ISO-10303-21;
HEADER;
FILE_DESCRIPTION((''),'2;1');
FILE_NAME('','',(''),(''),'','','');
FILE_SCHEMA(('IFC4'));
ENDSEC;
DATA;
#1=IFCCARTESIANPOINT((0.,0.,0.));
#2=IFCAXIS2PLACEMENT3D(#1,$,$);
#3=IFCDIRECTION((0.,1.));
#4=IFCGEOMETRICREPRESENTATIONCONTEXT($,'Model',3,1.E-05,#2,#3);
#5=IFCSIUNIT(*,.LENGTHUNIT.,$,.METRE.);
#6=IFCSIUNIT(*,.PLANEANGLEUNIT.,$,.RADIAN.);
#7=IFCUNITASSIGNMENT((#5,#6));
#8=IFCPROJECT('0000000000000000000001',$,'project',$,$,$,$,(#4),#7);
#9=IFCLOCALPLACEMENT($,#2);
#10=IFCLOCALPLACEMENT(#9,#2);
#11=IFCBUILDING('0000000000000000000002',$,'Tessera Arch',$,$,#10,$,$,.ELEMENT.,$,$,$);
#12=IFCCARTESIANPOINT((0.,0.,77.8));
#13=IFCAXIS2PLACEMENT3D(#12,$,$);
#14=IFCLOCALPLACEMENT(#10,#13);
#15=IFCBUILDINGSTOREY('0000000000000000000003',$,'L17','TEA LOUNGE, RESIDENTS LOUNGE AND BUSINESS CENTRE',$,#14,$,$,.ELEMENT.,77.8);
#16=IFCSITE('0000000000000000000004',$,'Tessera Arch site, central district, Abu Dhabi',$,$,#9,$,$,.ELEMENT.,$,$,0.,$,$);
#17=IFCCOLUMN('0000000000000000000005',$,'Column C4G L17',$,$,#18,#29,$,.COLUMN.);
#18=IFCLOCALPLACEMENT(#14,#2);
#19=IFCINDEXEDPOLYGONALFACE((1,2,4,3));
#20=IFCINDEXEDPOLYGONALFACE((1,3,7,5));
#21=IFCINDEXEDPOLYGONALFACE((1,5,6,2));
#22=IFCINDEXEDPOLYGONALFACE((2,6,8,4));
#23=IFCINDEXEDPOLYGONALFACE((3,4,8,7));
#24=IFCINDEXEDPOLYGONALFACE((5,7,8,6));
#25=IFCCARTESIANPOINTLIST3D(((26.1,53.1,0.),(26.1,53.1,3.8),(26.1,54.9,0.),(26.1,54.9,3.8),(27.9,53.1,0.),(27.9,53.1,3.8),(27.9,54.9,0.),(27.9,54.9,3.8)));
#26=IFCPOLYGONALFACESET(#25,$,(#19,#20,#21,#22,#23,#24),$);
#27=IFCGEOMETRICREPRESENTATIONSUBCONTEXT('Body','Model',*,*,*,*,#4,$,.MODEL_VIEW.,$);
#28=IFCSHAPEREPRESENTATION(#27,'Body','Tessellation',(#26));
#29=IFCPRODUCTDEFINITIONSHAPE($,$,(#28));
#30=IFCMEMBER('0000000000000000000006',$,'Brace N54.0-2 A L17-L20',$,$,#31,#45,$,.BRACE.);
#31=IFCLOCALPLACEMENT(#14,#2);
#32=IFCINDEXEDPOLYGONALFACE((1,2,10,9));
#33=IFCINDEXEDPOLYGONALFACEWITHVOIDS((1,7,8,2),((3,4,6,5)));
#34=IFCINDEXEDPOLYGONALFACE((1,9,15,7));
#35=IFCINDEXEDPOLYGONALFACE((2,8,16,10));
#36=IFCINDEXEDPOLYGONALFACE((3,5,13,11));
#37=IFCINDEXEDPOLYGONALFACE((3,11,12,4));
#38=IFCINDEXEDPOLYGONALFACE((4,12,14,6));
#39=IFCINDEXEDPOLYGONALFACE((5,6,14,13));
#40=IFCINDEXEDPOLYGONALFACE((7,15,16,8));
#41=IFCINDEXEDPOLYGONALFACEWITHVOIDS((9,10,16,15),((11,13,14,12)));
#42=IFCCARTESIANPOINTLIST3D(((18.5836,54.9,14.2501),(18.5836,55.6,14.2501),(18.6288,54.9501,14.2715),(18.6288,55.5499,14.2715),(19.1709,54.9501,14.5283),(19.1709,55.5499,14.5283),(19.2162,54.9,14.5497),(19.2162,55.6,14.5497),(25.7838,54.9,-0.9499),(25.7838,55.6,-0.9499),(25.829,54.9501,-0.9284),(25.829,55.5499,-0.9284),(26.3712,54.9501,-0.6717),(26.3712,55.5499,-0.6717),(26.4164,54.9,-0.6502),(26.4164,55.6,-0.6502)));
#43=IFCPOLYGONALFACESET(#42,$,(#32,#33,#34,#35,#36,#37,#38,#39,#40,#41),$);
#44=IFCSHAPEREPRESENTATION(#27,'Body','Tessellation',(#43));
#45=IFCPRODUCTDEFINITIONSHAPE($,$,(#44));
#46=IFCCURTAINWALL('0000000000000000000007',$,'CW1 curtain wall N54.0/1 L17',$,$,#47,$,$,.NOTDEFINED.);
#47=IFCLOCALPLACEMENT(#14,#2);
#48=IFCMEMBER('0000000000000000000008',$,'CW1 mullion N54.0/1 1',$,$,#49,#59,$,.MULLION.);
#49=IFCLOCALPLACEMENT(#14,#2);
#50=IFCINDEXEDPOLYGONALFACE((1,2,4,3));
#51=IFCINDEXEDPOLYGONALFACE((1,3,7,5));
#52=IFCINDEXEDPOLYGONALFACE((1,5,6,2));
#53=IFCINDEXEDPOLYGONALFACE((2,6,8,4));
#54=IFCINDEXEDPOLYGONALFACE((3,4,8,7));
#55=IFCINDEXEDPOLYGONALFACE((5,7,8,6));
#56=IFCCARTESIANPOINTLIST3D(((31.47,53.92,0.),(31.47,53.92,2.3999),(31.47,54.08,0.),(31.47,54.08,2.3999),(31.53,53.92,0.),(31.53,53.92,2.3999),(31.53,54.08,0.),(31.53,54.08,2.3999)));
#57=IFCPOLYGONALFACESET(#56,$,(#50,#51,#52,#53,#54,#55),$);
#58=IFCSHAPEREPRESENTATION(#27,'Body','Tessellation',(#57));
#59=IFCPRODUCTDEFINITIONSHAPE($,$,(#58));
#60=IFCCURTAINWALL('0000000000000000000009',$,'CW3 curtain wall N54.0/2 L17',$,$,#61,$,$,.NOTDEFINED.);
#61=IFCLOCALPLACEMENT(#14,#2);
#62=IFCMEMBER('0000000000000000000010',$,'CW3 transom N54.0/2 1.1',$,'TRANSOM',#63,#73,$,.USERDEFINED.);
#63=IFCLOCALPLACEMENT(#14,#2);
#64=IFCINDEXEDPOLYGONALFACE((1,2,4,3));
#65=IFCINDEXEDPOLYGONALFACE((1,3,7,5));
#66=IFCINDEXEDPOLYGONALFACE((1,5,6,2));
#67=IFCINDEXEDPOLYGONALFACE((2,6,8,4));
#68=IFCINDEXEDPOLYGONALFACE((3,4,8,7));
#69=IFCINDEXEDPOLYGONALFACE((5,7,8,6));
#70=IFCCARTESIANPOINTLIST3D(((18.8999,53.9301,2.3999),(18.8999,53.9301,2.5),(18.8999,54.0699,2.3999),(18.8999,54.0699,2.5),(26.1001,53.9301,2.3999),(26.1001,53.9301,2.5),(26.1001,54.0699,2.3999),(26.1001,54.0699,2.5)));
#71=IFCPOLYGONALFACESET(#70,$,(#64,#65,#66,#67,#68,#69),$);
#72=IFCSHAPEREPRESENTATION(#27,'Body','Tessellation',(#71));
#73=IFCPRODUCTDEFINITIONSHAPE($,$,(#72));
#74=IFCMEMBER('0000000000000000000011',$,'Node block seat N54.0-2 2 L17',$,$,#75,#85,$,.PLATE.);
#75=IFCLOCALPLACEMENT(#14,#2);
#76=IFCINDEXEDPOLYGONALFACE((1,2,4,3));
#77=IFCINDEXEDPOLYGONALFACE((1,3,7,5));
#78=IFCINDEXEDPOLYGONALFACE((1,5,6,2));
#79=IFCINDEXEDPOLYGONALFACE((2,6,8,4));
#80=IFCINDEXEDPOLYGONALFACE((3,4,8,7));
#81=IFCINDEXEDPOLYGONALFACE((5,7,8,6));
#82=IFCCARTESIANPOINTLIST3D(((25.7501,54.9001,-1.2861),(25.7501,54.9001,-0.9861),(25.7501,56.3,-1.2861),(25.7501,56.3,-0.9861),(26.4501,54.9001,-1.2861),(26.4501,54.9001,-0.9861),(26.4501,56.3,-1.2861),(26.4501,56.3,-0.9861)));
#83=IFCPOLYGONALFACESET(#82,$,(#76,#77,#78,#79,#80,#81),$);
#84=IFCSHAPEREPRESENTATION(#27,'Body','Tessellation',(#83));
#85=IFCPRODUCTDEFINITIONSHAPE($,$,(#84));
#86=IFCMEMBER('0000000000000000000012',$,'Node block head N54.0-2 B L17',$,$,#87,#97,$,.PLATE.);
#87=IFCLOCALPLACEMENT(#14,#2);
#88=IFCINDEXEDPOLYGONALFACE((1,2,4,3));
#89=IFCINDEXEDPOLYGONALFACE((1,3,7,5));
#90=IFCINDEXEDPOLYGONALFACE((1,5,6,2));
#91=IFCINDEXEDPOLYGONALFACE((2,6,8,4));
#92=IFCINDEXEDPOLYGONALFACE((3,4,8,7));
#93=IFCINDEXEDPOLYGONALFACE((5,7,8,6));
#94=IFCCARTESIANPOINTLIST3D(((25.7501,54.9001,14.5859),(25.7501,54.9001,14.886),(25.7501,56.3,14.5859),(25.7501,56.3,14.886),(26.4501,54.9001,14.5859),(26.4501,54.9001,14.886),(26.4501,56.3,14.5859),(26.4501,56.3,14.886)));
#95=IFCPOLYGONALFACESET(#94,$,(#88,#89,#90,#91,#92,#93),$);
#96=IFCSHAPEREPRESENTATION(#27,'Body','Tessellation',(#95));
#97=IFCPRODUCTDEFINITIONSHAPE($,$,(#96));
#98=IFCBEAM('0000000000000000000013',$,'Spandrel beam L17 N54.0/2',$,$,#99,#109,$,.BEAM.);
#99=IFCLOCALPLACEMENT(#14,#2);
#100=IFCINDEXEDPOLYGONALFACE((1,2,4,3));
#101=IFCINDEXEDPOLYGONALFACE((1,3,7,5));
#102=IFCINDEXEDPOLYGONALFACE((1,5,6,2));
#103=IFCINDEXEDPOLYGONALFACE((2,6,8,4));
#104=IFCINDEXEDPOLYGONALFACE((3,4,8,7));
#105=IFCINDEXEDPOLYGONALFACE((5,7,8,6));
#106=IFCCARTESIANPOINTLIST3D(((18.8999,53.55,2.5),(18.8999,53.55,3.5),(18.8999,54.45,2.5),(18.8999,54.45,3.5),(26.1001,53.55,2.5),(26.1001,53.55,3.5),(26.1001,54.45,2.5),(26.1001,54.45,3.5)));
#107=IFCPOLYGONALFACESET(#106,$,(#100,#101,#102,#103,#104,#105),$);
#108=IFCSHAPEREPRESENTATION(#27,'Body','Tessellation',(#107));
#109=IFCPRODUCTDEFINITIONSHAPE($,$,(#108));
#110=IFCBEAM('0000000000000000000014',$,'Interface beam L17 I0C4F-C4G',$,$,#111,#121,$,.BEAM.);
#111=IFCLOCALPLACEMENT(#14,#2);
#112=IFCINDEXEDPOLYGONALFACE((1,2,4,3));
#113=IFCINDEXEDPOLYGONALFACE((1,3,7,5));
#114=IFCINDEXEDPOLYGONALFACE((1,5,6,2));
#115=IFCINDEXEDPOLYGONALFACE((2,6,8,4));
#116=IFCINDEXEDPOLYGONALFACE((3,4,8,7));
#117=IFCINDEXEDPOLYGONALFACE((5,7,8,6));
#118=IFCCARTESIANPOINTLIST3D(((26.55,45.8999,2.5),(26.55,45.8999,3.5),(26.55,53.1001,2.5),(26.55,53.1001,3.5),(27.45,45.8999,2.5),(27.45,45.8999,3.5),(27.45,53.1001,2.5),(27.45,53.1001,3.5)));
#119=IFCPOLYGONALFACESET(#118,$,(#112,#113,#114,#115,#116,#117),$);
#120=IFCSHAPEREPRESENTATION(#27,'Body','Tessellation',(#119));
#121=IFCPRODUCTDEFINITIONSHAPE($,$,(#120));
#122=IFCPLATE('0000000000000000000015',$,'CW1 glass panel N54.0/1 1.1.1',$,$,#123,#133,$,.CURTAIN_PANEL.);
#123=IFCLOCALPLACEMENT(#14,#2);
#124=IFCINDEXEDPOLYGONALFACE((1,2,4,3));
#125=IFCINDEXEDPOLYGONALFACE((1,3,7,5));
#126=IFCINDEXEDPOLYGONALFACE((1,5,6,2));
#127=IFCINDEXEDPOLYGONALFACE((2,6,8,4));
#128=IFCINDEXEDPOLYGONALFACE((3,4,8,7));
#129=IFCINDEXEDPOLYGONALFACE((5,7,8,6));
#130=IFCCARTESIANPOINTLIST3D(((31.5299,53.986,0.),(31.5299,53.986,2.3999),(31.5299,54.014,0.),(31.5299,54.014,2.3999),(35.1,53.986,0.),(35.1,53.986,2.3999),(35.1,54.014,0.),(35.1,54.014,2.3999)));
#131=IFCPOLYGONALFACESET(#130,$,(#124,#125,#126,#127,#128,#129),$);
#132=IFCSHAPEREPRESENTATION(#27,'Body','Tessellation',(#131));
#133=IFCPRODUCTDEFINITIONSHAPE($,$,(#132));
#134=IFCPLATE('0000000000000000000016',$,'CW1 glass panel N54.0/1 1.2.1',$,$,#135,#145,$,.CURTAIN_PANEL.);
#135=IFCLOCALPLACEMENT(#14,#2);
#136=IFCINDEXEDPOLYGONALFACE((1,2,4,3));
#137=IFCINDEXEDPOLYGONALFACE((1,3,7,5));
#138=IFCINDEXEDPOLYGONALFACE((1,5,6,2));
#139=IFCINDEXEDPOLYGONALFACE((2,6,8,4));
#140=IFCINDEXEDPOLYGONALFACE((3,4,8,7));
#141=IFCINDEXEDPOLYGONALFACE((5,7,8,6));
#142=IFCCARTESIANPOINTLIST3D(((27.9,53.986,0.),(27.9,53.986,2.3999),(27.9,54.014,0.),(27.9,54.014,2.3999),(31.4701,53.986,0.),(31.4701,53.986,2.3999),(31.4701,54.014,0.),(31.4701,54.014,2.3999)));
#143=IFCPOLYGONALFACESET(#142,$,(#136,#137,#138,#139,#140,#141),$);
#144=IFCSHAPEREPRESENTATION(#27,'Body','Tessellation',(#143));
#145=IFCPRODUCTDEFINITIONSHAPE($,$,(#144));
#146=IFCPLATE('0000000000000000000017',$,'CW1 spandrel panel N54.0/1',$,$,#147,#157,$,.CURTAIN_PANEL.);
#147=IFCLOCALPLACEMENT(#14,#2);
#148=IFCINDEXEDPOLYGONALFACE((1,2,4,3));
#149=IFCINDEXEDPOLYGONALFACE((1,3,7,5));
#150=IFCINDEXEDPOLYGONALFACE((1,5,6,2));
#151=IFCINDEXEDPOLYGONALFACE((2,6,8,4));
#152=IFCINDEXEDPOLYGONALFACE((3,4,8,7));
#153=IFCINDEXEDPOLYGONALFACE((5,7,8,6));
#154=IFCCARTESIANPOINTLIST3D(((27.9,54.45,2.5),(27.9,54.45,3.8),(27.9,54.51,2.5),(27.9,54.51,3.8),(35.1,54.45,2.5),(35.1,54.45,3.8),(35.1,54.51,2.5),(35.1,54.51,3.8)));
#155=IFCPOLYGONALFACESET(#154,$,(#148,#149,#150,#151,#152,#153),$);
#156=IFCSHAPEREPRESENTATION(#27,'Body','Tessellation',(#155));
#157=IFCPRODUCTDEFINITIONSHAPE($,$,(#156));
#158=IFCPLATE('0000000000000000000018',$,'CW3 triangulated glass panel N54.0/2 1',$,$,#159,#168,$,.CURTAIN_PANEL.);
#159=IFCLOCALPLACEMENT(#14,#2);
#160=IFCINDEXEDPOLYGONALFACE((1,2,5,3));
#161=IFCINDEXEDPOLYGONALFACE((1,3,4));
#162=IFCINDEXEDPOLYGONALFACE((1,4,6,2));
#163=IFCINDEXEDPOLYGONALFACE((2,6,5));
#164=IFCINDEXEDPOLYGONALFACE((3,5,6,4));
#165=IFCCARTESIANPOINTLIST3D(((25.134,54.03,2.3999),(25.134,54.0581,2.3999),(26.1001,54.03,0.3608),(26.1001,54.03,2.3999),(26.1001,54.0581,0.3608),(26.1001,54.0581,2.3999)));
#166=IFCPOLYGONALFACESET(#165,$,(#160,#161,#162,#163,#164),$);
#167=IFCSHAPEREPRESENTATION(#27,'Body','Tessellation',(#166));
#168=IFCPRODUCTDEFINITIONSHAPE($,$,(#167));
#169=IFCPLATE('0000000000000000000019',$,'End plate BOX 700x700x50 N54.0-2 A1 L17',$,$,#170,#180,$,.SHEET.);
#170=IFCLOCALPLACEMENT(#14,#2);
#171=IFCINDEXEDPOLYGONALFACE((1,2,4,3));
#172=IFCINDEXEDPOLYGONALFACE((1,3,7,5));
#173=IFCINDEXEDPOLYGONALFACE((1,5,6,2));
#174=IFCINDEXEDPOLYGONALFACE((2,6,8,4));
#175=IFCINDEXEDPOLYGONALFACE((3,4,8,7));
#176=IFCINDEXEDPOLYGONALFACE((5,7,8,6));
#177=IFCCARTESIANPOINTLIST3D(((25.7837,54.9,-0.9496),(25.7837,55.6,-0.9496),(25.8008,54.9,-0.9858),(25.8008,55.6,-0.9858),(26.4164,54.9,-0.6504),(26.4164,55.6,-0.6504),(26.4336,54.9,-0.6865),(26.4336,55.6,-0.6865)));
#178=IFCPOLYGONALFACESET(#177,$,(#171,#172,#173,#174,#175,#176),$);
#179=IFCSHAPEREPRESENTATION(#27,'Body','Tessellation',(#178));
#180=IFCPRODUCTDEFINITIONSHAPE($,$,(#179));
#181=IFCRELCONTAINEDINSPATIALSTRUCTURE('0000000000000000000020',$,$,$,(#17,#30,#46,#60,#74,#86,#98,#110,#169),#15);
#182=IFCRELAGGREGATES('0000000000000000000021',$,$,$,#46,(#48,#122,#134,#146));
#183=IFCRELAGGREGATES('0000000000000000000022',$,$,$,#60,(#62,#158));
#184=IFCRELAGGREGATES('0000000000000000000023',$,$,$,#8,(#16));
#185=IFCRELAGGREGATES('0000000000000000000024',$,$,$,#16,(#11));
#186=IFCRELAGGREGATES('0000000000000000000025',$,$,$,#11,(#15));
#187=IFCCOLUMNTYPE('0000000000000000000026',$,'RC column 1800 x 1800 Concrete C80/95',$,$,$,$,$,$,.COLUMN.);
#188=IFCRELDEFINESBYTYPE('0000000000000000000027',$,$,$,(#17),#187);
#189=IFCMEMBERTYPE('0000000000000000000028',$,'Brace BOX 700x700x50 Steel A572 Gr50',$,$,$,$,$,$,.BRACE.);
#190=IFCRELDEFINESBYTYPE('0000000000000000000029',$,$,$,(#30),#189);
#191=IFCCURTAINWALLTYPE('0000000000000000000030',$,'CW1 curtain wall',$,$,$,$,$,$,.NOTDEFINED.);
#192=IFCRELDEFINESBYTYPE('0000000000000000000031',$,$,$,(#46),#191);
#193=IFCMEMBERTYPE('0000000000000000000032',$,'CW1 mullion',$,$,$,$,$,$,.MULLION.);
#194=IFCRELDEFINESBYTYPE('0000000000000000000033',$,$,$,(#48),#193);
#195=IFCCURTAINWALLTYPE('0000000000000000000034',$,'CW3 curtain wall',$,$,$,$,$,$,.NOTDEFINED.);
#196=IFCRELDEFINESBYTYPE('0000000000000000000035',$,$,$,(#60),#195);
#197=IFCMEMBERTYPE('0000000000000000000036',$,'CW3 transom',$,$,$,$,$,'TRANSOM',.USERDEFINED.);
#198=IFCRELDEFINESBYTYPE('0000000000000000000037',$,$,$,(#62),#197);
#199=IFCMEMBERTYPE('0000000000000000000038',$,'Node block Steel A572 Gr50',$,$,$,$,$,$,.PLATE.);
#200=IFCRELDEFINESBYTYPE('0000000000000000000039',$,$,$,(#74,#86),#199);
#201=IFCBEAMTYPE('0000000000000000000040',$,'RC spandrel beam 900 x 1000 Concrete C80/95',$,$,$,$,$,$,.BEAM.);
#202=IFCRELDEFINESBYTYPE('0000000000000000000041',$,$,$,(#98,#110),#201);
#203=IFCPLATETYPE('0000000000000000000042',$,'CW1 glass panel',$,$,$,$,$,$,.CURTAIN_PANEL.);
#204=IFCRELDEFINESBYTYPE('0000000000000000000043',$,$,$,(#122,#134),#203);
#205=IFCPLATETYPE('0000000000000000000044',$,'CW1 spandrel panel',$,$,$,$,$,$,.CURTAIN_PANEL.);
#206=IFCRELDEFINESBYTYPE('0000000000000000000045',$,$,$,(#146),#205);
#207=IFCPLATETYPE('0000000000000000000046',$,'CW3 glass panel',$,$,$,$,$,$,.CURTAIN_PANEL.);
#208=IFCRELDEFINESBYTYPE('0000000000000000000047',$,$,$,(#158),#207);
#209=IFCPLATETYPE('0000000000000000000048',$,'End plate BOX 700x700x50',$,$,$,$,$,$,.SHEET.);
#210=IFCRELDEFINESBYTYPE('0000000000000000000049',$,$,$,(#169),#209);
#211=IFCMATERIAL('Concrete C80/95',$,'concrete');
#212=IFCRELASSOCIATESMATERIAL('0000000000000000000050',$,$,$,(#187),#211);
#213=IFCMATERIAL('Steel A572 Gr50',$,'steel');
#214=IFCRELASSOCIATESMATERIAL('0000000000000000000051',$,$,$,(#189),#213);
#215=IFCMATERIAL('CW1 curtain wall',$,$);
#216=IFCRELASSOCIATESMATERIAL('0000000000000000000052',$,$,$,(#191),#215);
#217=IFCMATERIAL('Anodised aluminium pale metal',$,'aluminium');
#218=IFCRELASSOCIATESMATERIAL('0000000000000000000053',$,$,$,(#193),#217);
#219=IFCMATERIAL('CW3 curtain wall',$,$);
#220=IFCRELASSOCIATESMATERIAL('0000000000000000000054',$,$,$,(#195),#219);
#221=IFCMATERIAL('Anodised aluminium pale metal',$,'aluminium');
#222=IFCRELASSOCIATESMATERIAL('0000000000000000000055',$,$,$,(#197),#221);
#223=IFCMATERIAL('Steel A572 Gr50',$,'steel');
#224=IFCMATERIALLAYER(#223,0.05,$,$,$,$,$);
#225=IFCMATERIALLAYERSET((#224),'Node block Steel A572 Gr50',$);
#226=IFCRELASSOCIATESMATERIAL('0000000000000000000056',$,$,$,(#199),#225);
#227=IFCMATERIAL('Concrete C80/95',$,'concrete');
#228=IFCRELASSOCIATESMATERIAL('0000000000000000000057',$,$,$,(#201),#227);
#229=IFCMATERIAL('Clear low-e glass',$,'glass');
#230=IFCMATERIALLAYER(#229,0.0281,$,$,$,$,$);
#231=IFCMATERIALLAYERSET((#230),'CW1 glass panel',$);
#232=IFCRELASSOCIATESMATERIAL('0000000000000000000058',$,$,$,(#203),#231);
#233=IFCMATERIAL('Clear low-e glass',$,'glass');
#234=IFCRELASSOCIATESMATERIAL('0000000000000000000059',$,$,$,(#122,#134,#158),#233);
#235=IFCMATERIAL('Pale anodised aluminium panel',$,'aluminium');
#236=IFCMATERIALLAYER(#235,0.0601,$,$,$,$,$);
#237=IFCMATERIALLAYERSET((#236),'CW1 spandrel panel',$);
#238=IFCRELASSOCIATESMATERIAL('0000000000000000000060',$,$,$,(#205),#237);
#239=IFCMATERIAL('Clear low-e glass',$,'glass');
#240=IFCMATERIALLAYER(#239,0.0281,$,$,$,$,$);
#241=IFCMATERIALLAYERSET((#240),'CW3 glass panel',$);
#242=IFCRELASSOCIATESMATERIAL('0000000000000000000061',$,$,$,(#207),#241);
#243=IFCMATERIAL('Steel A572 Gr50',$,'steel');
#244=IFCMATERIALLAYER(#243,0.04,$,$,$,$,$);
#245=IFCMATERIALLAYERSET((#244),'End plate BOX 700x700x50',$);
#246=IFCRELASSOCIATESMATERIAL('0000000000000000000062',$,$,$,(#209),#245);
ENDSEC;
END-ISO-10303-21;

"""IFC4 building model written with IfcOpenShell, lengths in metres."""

from ifc_helpers import new_model, si_unit, direction, frame, origin, origin_2d, place, context, subcontext, project, spatial, polyline, rectangle, hollow_rectangle, outline, extrude, material, layer, layer_set, material_profile, profile_set, type_object, element, aggregate, save


model = new_model("IFC4")

# Units and contexts
model_context = context("Model", 3, precision=1e-05, world=origin(), true_north=direction((0.0, 1.0)))
body_context = subcontext(model_context, "Body", "Model", "MODEL_VIEW")
ifc_project = project(units=[si_unit("LENGTHUNIT", "METRE"), si_unit("PLANEANGLEUNIT", "RADIAN")], contexts=[model_context])

# Site, building, storey
site_placement = place(None, origin())
site = spatial("IfcSite", under=ifc_project, at=site_placement, Name="Tessera Arch site, central district, Abu Dhabi", CompositionType="ELEMENT", RefElevation=0.0)
building_placement = place(site_placement, origin())
building = spatial("IfcBuilding", under=site, at=building_placement, Name="Tessera Arch", CompositionType="ELEMENT")
storey_placement = place(building_placement, frame((0.0, 0.0, 77.8)))
storey = spatial("IfcBuildingStorey", under=building, at=storey_placement, Name="L17", Description="TEA LOUNGE, RESIDENTS LOUNGE AND BUSINESS CENTRE", CompositionType="ELEMENT", Elevation=77.8)

# Column
ifc_material_1 = material(Name="Concrete C80/95", Category="concrete")
ifc_material_profile_1 = material_profile(ifc_material_1, rectangle(XDim=1.8, YDim=1.8, at=origin_2d()), Name="RC column 1800 x 1800 Concrete C80/95")
ifc_profile_set_1 = profile_set([ifc_material_profile_1], Name="Concrete C80/95")
column_type = type_object("IfcColumnType", Name="RC column 1800 x 1800 Concrete C80/95", PredefinedType="COLUMN", material=ifc_profile_set_1)
column_placement = place(storey_placement, frame((27.0, 54.0, 0.0), z_axis=(0.0, 0.0, 1.0), x_axis=(1.0, 0.0, 0.0)))
element("IfcColumn", 1, at=column_placement, inside=storey, type_object=column_type, Name="Column C4G L17", PredefinedType="COLUMN", context=body_context, shape_type="SweptSolid", body=[
    extrude(rectangle(XDim=1.8, YDim=1.8, at=origin_2d()), origin(), (0.0, 0.0, 1.0), 3.8),
])

# Member
ifc_material_2 = material(Name="Steel A572 Gr50", Category="steel")
ifc_material_profile_2 = material_profile(ifc_material_2, hollow_rectangle(XDim=0.7, YDim=0.7, WallThickness=0.05, at=origin_2d()), Name="BOX 700x700x50")
ifc_profile_set_2 = profile_set([ifc_material_profile_2], Name="Steel A572 Gr50")
member_type_1 = type_object("IfcMemberType", Name="Brace BOX 700x700x50 Steel A572 Gr50", PredefinedType="BRACE", material=ifc_profile_set_2)
member_1_placement = place(storey_placement, frame((26.1001, 55.25, -0.8), z_axis=(-0.428097, 0.0, 0.903733), x_axis=(0.0, -1.0, 0.0)))
element("IfcMember", 2, at=member_1_placement, inside=storey, type_object=member_type_1, Name="Brace N54.0-2 A L17-L20", PredefinedType="BRACE", context=body_context, shape_type="SweptSolid", body=[
    extrude(hollow_rectangle(XDim=0.7, YDim=0.7, WallThickness=0.05, at=origin_2d()), origin(), (0.0, 0.0, 1.0), 16.8191),
])

# Curtain walls, members
ifc_material_3 = material(Name="CW1 curtain wall")
curtain_wall_type_1 = type_object("IfcCurtainWallType", Name="CW1 curtain wall", PredefinedType="NOTDEFINED", material=ifc_material_3)
curtain_wall_1_placement = place(storey_placement, origin())
curtain_wall_1 = element("IfcCurtainWall", 3, at=curtain_wall_1_placement, inside=storey, type_object=curtain_wall_type_1, Name="CW1 curtain wall N54.0/1 L17", PredefinedType="NOTDEFINED")
ifc_material_4 = material(Name="Anodised aluminium pale metal", Category="aluminium")
ifc_material_profile_3 = material_profile(ifc_material_4, rectangle(XDim=0.1599, YDim=0.0601, at=origin_2d()), Name="AL 60x160")
ifc_profile_set_3 = profile_set([ifc_material_profile_3], Name="Anodised aluminium pale metal")
member_type_2 = type_object("IfcMemberType", Name="CW1 mullion", PredefinedType="MULLION", material=ifc_profile_set_3)
member_2_placement = place(storey_placement, frame((31.5, 54.0, 0.0), z_axis=(0.0, 0.0, 1.0), x_axis=(0.0, -1.0, 0.0)))
member_2 = element("IfcMember", 4, at=member_2_placement, type_object=member_type_2, Name="CW1 mullion N54.0/1 1", PredefinedType="MULLION", context=body_context, shape_type="SweptSolid", body=[
    extrude(rectangle(XDim=0.1599, YDim=0.0601, at=origin_2d()), origin(), (0.0, 0.0, 1.0), 2.3999),
])
ifc_material_5 = material(Name="CW3 curtain wall")
curtain_wall_type_2 = type_object("IfcCurtainWallType", Name="CW3 curtain wall", PredefinedType="NOTDEFINED", material=ifc_material_5)
curtain_wall_2_placement = place(storey_placement, origin())
curtain_wall_2 = element("IfcCurtainWall", 5, at=curtain_wall_2_placement, inside=storey, type_object=curtain_wall_type_2, Name="CW3 curtain wall N54.0/2 L17", PredefinedType="NOTDEFINED")
ifc_material_6 = material(Name="Anodised aluminium pale metal", Category="aluminium")
ifc_material_profile_4 = material_profile(ifc_material_6, rectangle(XDim=0.1399, YDim=0.1001, at=origin_2d()), Name="AL 140x100")
ifc_profile_set_4 = profile_set([ifc_material_profile_4], Name="Anodised aluminium pale metal")
member_type_3 = type_object("IfcMemberType", Name="CW3 transom", ElementType="TRANSOM", PredefinedType="USERDEFINED", material=ifc_profile_set_4)
member_3_placement = place(storey_placement, frame((26.1001, 54.0, 2.45), z_axis=(-1.0, 0.0, 0.0), x_axis=(0.0, -1.0, 0.0)))
member_3 = element("IfcMember", 6, at=member_3_placement, type_object=member_type_3, Name="CW3 transom N54.0/2 1.1", ObjectType="TRANSOM", PredefinedType="USERDEFINED", context=body_context, shape_type="SweptSolid", body=[
    extrude(rectangle(XDim=0.1399, YDim=0.1001, at=origin_2d()), origin(), (0.0, 0.0, 1.0), 7.2002),
])

# Members
ifc_material_7 = material(Name="Steel A572 Gr50", Category="steel")
ifc_layer_1 = layer(ifc_material_7, 0.05)
ifc_layer_set_1 = layer_set([ifc_layer_1], Name="Node block Steel A572 Gr50")
member_type_4 = type_object("IfcMemberType", Name="Node block Steel A572 Gr50", PredefinedType="PLATE", material=ifc_layer_set_1)
for number, where, z_axis, x_axis, name in (
    (7, (26.1001, 55.6001, -1.2861), (0.0, 0.0, 1.0), (-1.0, 0.0, 0.0), "Node block seat N54.0-2 2 L17"),
    (8, (26.1001, 55.6001, 14.5859), (0.0, 0.0, 1.0), (-1.0, 0.0, 0.0), "Node block head N54.0-2 B L17"),
):
    element("IfcMember", number, at=place(storey_placement, frame(where, z_axis=z_axis, x_axis=x_axis)), inside=storey, type_object=member_type_4, Name=name, PredefinedType="PLATE", context=body_context, shape_type="SweptSolid", body=[
        extrude(rectangle(XDim=0.7, YDim=1.3999, at=origin_2d()), origin(), (0.0, 0.0, 1.0), 0.3),
    ])

# Beams
ifc_material_8 = material(Name="Concrete C80/95", Category="concrete")
ifc_material_profile_5 = material_profile(ifc_material_8, rectangle(XDim=0.8999, YDim=1.0, at=origin_2d()), Name="RC spandrel beam 900 x 1000 Concrete C80/95")
ifc_profile_set_5 = profile_set([ifc_material_profile_5], Name="Concrete C80/95")
beam_type = type_object("IfcBeamType", Name="RC spandrel beam 900 x 1000 Concrete C80/95", PredefinedType="BEAM", material=ifc_profile_set_5)
for number, where, z_axis, x_axis, name in (
    (9, (26.1001, 54.0, 3.0), (-1.0, 0.0, 0.0), (0.0, -1.0, 0.0), "Spandrel beam L17 N54.0/2"),
    (10, (27.0, 45.8999, 3.0), (0.0, 1.0, 0.0), (-1.0, 0.0, 0.0), "Interface beam L17 I0C4F-C4G"),
):
    element("IfcBeam", number, at=place(storey_placement, frame(where, z_axis=z_axis, x_axis=x_axis)), inside=storey, type_object=beam_type, Name=name, PredefinedType="BEAM", context=body_context, shape_type="SweptSolid", body=[
        extrude(rectangle(XDim=0.8999, YDim=1.0, at=origin_2d()), origin(), (0.0, 0.0, 1.0), 7.2002),
    ])

# Plates
ifc_material_9 = material(Name="Clear low-e glass", Category="glass")
ifc_material_10 = material(Name="Clear low-e glass", Category="glass")
ifc_layer_2 = layer(ifc_material_10, 0.0281)
ifc_layer_set_2 = layer_set([ifc_layer_2], Name="CW1 glass panel")
plate_type_1 = type_object("IfcPlateType", Name="CW1 glass panel", PredefinedType="CURTAIN_PANEL", material=ifc_layer_set_2)
plate_1_placement = place(storey_placement, frame((33.3149, 54.0, 0.0), z_axis=(0.0, 0.0, 1.0), x_axis=(-1.0, 0.0, 0.0)))
plate_1 = element("IfcPlate", 11, at=plate_1_placement, type_object=plate_type_1, material=ifc_material_9, Name="CW1 glass panel N54.0/1 1.1.1", PredefinedType="CURTAIN_PANEL", context=body_context, shape_type="SweptSolid", body=[
    extrude(rectangle(XDim=3.5701, YDim=0.0281, at=origin_2d()), origin(), (0.0, 0.0, 1.0), 2.3999),
])
plate_2_placement = place(storey_placement, frame((29.6851, 54.0, 0.0), z_axis=(0.0, 0.0, 1.0), x_axis=(-1.0, 0.0, 0.0)))
plate_2 = element("IfcPlate", 12, at=plate_2_placement, type_object=plate_type_1, material=ifc_material_9, Name="CW1 glass panel N54.0/1 1.2.1", PredefinedType="CURTAIN_PANEL", context=body_context, shape_type="SweptSolid", body=[
    extrude(rectangle(XDim=3.5701, YDim=0.0281, at=origin_2d()), origin(), (0.0, 0.0, 1.0), 2.3999),
])
ifc_material_11 = material(Name="Pale anodised aluminium panel", Category="aluminium")
ifc_layer_3 = layer(ifc_material_11, 0.0601)
ifc_layer_set_3 = layer_set([ifc_layer_3], Name="CW1 spandrel panel")
plate_type_2 = type_object("IfcPlateType", Name="CW1 spandrel panel", PredefinedType="CURTAIN_PANEL", material=ifc_layer_set_3)
plate_3_placement = place(storey_placement, frame((31.5, 54.48, 2.5), z_axis=(0.0, 0.0, 1.0), x_axis=(-1.0, 0.0, 0.0)))
plate_3 = element("IfcPlate", 13, at=plate_3_placement, type_object=plate_type_2, Name="CW1 spandrel panel N54.0/1", PredefinedType="CURTAIN_PANEL", context=body_context, shape_type="SweptSolid", body=[
    extrude(rectangle(XDim=7.2, YDim=0.0601, at=origin_2d()), origin(), (0.0, 0.0, 1.0), 1.3),
])
aggregate(curtain_wall_1, [member_2, plate_1, plate_2, plate_3])
ifc_material_12 = material(Name="Clear low-e glass", Category="glass")
ifc_layer_4 = layer(ifc_material_12, 0.0281)
ifc_layer_set_4 = layer_set([ifc_layer_4], Name="CW3 glass panel")
plate_type_3 = type_object("IfcPlateType", Name="CW3 glass panel", PredefinedType="CURTAIN_PANEL", material=ifc_layer_set_4)
plate_4_placement = place(storey_placement, frame((26.1001, 54.0581, 2.3999), z_axis=(0.0, 1.0, 0.0), x_axis=(0.0, 0.0, -1.0)))
plate_4 = element("IfcPlate", 14, at=plate_4_placement, type_object=plate_type_3, material=ifc_material_9, Name="CW3 triangulated glass panel N54.0/2 1", PredefinedType="CURTAIN_PANEL", context=body_context, shape_type="SweptSolid", body=[
    extrude(outline(polyline([(0.0, 0.0), (2.0391, 0.0), (0.0, 0.9661), (0.0, 0.0)])), origin(), (0.0, 0.0, -1.0), 0.0281),
])
aggregate(curtain_wall_2, [member_3, plate_4])

# Plate
ifc_material_13 = material(Name="Steel A572 Gr50", Category="steel")
ifc_layer_5 = layer(ifc_material_13, 0.04)
ifc_layer_set_5 = layer_set([ifc_layer_5], Name="End plate BOX 700x700x50")
plate_type_4 = type_object("IfcPlateType", Name="End plate BOX 700x700x50", PredefinedType="SHEET", material=ifc_layer_set_5)
for number, where, z_axis, x_axis, name in (
    (15, (26.1172, 55.25, -0.8362), (-0.427561, 0.0, 0.903986), (0.0, -1.0, 0.0), "End plate BOX 700x700x50 N54.0-2 A1 L17"),
):
    element("IfcPlate", number, at=place(storey_placement, frame(where, z_axis=z_axis, x_axis=x_axis)), inside=storey, type_object=plate_type_4, Name=name, PredefinedType="SHEET", context=body_context, shape_type="SweptSolid", body=[
        extrude(rectangle(XDim=0.7, YDim=0.7, at=origin_2d()), origin(), (0.0, 0.0, 1.0), 0.04),
    ])

save(model, "model.ifc")
